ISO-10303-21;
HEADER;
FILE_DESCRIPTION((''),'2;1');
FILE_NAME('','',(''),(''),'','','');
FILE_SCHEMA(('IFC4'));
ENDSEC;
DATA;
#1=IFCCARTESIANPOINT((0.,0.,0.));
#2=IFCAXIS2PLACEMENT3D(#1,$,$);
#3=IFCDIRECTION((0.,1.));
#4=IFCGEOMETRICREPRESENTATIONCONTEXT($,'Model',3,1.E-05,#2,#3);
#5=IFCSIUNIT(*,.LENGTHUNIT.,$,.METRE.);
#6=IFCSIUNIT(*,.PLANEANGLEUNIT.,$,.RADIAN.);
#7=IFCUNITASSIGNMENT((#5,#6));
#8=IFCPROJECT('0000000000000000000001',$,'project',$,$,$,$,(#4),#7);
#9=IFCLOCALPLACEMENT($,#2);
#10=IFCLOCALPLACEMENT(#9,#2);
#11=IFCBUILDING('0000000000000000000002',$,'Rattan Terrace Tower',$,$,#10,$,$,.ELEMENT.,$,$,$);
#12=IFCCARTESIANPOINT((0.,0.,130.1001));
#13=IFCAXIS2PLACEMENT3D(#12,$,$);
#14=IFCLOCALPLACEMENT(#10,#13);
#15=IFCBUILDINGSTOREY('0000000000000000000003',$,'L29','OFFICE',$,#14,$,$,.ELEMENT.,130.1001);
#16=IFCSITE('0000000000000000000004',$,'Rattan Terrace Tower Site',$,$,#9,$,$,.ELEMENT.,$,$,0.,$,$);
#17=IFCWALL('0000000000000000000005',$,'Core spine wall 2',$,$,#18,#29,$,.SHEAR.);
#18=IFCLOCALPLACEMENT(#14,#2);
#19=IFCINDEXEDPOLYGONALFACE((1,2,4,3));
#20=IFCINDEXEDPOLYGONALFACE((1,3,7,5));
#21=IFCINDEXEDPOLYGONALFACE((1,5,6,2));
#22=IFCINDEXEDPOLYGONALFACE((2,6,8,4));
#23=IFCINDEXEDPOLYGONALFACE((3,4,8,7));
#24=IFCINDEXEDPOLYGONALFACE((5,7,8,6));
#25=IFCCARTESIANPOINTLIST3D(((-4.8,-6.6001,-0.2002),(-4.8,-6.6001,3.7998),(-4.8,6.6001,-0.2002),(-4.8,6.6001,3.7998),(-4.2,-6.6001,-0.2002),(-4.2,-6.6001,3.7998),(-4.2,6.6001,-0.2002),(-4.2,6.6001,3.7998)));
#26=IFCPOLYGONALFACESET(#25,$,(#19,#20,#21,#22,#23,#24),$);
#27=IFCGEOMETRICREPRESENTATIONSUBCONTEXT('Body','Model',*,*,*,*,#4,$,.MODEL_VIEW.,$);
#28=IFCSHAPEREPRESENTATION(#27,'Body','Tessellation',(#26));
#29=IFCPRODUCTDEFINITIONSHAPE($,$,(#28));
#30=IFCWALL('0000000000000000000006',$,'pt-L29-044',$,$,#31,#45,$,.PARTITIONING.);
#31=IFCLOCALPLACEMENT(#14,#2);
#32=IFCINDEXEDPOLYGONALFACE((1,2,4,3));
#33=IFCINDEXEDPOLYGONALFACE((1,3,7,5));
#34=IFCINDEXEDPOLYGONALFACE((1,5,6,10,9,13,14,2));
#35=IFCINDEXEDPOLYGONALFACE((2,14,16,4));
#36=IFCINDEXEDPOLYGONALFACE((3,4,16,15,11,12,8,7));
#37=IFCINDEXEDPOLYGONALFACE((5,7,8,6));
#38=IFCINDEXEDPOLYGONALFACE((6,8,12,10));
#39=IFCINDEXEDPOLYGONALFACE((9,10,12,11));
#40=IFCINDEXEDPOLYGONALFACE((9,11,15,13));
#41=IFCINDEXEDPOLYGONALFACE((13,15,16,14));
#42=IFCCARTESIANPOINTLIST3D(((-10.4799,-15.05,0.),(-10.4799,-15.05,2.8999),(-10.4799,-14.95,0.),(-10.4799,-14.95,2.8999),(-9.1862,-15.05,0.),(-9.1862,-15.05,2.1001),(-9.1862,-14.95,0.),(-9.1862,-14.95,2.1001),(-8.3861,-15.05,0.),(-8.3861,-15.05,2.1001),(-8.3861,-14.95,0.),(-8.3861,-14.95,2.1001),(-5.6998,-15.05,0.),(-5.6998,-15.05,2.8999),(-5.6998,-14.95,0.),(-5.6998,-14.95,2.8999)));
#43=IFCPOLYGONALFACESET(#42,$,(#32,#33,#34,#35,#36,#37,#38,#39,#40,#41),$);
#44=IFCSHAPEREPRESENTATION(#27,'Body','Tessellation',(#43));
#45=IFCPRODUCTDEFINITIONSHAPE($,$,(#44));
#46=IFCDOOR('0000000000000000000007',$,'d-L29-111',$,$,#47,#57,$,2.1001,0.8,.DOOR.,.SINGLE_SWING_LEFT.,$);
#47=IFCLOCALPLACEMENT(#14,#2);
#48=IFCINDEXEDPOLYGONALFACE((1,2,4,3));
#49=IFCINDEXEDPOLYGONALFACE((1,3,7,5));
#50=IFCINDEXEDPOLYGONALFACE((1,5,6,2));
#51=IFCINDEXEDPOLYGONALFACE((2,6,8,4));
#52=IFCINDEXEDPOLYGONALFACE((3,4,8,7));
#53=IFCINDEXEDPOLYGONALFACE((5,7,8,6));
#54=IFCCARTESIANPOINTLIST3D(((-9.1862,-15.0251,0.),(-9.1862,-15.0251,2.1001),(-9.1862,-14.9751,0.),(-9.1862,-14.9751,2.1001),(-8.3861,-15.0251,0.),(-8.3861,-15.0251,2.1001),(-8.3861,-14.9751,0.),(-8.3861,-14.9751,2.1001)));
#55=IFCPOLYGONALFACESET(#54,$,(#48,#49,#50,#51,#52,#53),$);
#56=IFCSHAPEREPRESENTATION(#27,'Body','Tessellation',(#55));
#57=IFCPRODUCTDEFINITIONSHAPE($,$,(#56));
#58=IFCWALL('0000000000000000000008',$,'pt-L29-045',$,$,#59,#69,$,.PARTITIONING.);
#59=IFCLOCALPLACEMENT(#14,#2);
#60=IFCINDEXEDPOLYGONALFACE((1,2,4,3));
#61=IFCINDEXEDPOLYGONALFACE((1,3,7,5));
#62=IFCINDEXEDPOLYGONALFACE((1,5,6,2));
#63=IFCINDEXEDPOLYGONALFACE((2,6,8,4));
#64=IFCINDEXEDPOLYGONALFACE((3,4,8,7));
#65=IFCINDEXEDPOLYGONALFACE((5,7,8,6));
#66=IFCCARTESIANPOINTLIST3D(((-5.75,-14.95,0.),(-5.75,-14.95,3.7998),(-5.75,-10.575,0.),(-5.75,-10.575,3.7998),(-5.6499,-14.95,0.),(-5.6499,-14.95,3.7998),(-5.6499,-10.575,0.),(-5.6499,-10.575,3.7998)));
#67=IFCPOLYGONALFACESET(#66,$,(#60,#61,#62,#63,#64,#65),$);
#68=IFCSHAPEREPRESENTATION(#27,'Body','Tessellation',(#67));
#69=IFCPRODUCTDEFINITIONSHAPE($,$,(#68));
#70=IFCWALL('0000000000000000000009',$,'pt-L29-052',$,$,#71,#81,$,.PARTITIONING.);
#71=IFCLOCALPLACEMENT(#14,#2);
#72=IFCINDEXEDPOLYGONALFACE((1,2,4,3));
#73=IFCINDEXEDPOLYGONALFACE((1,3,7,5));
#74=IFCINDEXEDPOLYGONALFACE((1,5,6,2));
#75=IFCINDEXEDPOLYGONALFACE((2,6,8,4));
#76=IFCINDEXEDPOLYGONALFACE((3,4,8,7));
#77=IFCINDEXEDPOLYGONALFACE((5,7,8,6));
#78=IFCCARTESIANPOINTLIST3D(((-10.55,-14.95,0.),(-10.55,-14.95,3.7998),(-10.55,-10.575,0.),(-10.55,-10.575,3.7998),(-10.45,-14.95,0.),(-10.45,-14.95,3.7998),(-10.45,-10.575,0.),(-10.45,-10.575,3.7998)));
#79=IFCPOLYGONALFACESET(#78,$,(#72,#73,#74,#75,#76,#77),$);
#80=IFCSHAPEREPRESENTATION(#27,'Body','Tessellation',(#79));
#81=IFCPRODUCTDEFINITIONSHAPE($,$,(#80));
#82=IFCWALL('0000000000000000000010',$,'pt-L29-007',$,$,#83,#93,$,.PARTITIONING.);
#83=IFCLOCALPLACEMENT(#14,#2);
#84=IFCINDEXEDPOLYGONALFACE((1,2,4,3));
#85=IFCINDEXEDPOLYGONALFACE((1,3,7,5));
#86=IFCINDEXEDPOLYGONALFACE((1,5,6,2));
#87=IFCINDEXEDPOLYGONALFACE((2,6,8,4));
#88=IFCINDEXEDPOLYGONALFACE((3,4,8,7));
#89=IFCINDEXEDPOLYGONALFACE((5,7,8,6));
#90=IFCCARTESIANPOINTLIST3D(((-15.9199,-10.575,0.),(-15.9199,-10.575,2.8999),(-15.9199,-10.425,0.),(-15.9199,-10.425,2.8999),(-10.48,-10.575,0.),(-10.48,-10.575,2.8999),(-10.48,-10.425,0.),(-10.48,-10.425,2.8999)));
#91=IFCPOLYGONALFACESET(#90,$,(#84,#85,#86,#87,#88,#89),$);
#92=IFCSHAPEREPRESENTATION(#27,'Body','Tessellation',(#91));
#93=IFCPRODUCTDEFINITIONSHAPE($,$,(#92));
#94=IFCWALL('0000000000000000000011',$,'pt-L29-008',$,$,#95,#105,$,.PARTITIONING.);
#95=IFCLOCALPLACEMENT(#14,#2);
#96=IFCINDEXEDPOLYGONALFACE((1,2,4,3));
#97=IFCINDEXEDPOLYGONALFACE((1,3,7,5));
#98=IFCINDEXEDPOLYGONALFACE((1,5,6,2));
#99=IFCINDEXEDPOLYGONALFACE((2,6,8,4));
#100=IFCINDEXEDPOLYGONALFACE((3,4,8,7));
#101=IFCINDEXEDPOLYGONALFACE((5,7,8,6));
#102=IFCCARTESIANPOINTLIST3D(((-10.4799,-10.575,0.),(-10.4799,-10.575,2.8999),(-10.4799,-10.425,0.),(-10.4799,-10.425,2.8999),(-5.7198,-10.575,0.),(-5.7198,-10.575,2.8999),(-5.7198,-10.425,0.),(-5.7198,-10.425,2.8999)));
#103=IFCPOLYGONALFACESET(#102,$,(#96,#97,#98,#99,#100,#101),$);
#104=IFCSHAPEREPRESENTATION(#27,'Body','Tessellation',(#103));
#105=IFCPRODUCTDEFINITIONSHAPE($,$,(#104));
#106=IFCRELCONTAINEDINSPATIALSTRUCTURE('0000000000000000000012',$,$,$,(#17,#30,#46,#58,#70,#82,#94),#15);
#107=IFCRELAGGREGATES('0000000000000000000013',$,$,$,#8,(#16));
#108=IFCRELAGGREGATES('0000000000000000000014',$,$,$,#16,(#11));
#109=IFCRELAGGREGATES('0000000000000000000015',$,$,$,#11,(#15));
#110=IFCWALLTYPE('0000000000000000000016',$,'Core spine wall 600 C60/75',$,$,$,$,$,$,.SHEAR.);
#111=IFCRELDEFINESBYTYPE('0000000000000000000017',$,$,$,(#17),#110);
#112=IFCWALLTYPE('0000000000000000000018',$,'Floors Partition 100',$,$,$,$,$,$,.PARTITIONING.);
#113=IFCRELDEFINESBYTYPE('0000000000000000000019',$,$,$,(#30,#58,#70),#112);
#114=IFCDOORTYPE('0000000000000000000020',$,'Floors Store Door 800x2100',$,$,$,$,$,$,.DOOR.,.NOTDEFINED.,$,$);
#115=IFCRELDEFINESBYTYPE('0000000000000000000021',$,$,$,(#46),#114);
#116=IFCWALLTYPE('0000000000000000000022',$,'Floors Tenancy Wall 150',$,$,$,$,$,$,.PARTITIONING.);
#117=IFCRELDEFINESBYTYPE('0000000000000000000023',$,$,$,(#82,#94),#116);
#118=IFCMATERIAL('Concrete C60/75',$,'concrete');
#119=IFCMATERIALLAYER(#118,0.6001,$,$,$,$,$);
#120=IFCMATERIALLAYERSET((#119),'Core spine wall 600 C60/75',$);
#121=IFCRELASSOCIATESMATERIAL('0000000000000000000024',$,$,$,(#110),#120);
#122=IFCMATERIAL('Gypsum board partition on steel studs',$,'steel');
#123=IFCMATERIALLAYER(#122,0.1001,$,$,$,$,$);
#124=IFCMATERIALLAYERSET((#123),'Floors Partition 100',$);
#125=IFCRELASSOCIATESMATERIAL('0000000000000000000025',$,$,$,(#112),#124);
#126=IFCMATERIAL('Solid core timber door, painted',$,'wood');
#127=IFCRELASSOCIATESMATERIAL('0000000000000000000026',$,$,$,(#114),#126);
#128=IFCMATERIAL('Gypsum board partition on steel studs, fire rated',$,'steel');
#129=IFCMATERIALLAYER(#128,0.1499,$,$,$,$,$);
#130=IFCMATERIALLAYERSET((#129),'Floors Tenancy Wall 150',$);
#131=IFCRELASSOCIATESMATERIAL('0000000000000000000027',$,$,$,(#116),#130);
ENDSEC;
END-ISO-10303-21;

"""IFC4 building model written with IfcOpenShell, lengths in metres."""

from ifc_helpers import new_model, si_unit, direction, frame, frame_2d, origin, place, context, subcontext, project, spatial, rectangle, extrude, material, layer, layer_set, type_object, element, fill, save


model = new_model("IFC4")

# Units and contexts
model_context = context("Model", 3, precision=1e-05, world=origin(), true_north=direction((0.0, 1.0)))
body_context = subcontext(model_context, "Body", "Model", "MODEL_VIEW")
ifc_project = project(units=[si_unit("LENGTHUNIT", "METRE"), si_unit("PLANEANGLEUNIT", "RADIAN")], contexts=[model_context])

# Site, building, storey
site_placement = place(None, origin())
site = spatial("IfcSite", under=ifc_project, at=site_placement, Name="Rattan Terrace Tower Site", CompositionType="ELEMENT", RefElevation=0.0)
building_placement = place(site_placement, origin())
building = spatial("IfcBuilding", under=site, at=building_placement, Name="Rattan Terrace Tower", CompositionType="ELEMENT")
storey_placement = place(building_placement, frame((0.0, 0.0, 130.1001)))
storey = spatial("IfcBuildingStorey", under=building, at=storey_placement, Name="L29", Description="OFFICE", CompositionType="ELEMENT", Elevation=130.1001)

# Wall
ifc_material_1 = material(Name="Concrete C60/75", Category="concrete")
ifc_layer_1 = layer(ifc_material_1, 0.6001)
ifc_layer_set_1 = layer_set([ifc_layer_1], Name="Core spine wall 600 C60/75")
wall_type_1 = type_object("IfcWallType", Name="Core spine wall 600 C60/75", PredefinedType="SHEAR", material=ifc_layer_set_1)
wall_1_placement = place(storey_placement, frame((-4.5, -6.6001, -0.2002), z_axis=(0.0, 0.0, 1.0), x_axis=(0.0, 1.0, 0.0)))
element("IfcWall", 1, at=wall_1_placement, inside=storey, type_object=wall_type_1, Name="Core spine wall 2", PredefinedType="SHEAR", context=body_context, shape_type="SweptSolid", body=[
    extrude(rectangle(XDim=13.2002, YDim=0.6001, at=frame_2d((6.6001, 0.0))), origin(), (0.0, 0.0, 1.0), 4.0),
])

# Wall, opening, door
ifc_material_2 = material(Name="Gypsum board partition on steel studs", Category="steel")
ifc_layer_2 = layer(ifc_material_2, 0.1001)
ifc_layer_set_2 = layer_set([ifc_layer_2], Name="Floors Partition 100")
wall_type_2 = type_object("IfcWallType", Name="Floors Partition 100", PredefinedType="PARTITIONING", material=ifc_layer_set_2)
wall_2_placement = place(storey_placement, frame((-10.48, -15.0, 0.0), z_axis=(0.0, 0.0, 1.0), x_axis=(1.0, 0.0, 0.0)))
wall_2 = element("IfcWall", 2, at=wall_2_placement, inside=storey, type_object=wall_type_2, Name="pt-L29-044", PredefinedType="PARTITIONING", context=body_context, shape_type="SweptSolid", body=[
    extrude(rectangle(XDim=4.78, YDim=0.1001, at=frame_2d((2.3901, 0.0))), origin(), (0.0, 0.0, 1.0), 2.8999),
])
opening_1_placement = place(wall_2_placement, frame((1.2939, 0.0, 0.0)))
opening_1 = element("IfcOpeningElement", 3, at=opening_1_placement, cuts=wall_2, PredefinedType="OPENING", context=body_context, shape_type="SweptSolid", body=[
    extrude(rectangle(XDim=0.8, YDim=2.1001, at=frame_2d((0.3999, 1.05))), frame((0.0, 0.0605, 0.0), z_axis=(0.0, -1.0, 0.0), x_axis=(1.0, 0.0, 0.0)), (0.0, 0.0, 1.0), 0.1211),
])
ifc_material_3 = material(Name="Solid core timber door, painted", Category="wood")
door_type_1 = type_object("IfcDoorType", Name="Floors Store Door 800x2100", OperationType="NOTDEFINED", PredefinedType="DOOR", material=ifc_material_3)
door_1_placement = place(opening_1_placement, origin())
door_1 = element("IfcDoor", 4, at=door_1_placement, inside=storey, type_object=door_type_1, Name="d-L29-111", OperationType="SINGLE_SWING_LEFT", OverallHeight=2.1001, OverallWidth=0.8, PredefinedType="DOOR", context=body_context, shape_type="SweptSolid", body=[
    extrude(rectangle(XDim=0.8, YDim=2.1001, at=frame_2d((0.3999, 1.05))), frame((0.0, 0.0249, 0.0), z_axis=(0.0, -1.0, 0.0), x_axis=(1.0, 0.0, 0.0)), (0.0, 0.0, 1.0), 0.05),
])
fill(opening_1, door_1)

# Walls
for number, where, z_axis, x_axis, name in (
    (5, (-5.7, -14.95, 0.0), (0.0, 0.0, 1.0), (0.0, 1.0, 0.0), "pt-L29-045"),
    (6, (-10.5, -10.575, 0.0), (0.0, 0.0, 1.0), (0.0, -1.0, 0.0), "pt-L29-052"),
):
    element("IfcWall", number, at=place(storey_placement, frame(where, z_axis=z_axis, x_axis=x_axis)), inside=storey, type_object=wall_type_2, Name=name, PredefinedType="PARTITIONING", context=body_context, shape_type="SweptSolid", body=[
        extrude(rectangle(XDim=4.375, YDim=0.1001, at=frame_2d((2.1875, 0.0))), origin(), (0.0, 0.0, 1.0), 3.7998),
    ])
ifc_material_4 = material(Name="Gypsum board partition on steel studs, fire rated", Category="steel")
ifc_layer_3 = layer(ifc_material_4, 0.1499)
ifc_layer_set_3 = layer_set([ifc_layer_3], Name="Floors Tenancy Wall 150")
wall_type_3 = type_object("IfcWallType", Name="Floors Tenancy Wall 150", PredefinedType="PARTITIONING", material=ifc_layer_set_3)
wall_3_placement = place(storey_placement, frame((-10.48, -10.5, 0.0), z_axis=(0.0, 0.0, 1.0), x_axis=(-1.0, 0.0, 0.0)))
element("IfcWall", 7, at=wall_3_placement, inside=storey, type_object=wall_type_3, Name="pt-L29-007", PredefinedType="PARTITIONING", context=body_context, shape_type="SweptSolid", body=[
    extrude(rectangle(XDim=5.4399, YDim=0.1499, at=frame_2d((2.72, 0.0))), origin(), (0.0, 0.0, 1.0), 2.8999),
])
wall_4_placement = place(storey_placement, frame((-5.72, -10.5, 0.0), z_axis=(0.0, 0.0, 1.0), x_axis=(-1.0, 0.0, 0.0)))
element("IfcWall", 8, at=wall_4_placement, inside=storey, type_object=wall_type_3, Name="pt-L29-008", PredefinedType="PARTITIONING", context=body_context, shape_type="SweptSolid", body=[
    extrude(rectangle(XDim=4.76, YDim=0.1499, at=frame_2d((2.3799, 0.0))), origin(), (0.0, 0.0, 1.0), 2.8999),
])

save(model, "model.ifc")
